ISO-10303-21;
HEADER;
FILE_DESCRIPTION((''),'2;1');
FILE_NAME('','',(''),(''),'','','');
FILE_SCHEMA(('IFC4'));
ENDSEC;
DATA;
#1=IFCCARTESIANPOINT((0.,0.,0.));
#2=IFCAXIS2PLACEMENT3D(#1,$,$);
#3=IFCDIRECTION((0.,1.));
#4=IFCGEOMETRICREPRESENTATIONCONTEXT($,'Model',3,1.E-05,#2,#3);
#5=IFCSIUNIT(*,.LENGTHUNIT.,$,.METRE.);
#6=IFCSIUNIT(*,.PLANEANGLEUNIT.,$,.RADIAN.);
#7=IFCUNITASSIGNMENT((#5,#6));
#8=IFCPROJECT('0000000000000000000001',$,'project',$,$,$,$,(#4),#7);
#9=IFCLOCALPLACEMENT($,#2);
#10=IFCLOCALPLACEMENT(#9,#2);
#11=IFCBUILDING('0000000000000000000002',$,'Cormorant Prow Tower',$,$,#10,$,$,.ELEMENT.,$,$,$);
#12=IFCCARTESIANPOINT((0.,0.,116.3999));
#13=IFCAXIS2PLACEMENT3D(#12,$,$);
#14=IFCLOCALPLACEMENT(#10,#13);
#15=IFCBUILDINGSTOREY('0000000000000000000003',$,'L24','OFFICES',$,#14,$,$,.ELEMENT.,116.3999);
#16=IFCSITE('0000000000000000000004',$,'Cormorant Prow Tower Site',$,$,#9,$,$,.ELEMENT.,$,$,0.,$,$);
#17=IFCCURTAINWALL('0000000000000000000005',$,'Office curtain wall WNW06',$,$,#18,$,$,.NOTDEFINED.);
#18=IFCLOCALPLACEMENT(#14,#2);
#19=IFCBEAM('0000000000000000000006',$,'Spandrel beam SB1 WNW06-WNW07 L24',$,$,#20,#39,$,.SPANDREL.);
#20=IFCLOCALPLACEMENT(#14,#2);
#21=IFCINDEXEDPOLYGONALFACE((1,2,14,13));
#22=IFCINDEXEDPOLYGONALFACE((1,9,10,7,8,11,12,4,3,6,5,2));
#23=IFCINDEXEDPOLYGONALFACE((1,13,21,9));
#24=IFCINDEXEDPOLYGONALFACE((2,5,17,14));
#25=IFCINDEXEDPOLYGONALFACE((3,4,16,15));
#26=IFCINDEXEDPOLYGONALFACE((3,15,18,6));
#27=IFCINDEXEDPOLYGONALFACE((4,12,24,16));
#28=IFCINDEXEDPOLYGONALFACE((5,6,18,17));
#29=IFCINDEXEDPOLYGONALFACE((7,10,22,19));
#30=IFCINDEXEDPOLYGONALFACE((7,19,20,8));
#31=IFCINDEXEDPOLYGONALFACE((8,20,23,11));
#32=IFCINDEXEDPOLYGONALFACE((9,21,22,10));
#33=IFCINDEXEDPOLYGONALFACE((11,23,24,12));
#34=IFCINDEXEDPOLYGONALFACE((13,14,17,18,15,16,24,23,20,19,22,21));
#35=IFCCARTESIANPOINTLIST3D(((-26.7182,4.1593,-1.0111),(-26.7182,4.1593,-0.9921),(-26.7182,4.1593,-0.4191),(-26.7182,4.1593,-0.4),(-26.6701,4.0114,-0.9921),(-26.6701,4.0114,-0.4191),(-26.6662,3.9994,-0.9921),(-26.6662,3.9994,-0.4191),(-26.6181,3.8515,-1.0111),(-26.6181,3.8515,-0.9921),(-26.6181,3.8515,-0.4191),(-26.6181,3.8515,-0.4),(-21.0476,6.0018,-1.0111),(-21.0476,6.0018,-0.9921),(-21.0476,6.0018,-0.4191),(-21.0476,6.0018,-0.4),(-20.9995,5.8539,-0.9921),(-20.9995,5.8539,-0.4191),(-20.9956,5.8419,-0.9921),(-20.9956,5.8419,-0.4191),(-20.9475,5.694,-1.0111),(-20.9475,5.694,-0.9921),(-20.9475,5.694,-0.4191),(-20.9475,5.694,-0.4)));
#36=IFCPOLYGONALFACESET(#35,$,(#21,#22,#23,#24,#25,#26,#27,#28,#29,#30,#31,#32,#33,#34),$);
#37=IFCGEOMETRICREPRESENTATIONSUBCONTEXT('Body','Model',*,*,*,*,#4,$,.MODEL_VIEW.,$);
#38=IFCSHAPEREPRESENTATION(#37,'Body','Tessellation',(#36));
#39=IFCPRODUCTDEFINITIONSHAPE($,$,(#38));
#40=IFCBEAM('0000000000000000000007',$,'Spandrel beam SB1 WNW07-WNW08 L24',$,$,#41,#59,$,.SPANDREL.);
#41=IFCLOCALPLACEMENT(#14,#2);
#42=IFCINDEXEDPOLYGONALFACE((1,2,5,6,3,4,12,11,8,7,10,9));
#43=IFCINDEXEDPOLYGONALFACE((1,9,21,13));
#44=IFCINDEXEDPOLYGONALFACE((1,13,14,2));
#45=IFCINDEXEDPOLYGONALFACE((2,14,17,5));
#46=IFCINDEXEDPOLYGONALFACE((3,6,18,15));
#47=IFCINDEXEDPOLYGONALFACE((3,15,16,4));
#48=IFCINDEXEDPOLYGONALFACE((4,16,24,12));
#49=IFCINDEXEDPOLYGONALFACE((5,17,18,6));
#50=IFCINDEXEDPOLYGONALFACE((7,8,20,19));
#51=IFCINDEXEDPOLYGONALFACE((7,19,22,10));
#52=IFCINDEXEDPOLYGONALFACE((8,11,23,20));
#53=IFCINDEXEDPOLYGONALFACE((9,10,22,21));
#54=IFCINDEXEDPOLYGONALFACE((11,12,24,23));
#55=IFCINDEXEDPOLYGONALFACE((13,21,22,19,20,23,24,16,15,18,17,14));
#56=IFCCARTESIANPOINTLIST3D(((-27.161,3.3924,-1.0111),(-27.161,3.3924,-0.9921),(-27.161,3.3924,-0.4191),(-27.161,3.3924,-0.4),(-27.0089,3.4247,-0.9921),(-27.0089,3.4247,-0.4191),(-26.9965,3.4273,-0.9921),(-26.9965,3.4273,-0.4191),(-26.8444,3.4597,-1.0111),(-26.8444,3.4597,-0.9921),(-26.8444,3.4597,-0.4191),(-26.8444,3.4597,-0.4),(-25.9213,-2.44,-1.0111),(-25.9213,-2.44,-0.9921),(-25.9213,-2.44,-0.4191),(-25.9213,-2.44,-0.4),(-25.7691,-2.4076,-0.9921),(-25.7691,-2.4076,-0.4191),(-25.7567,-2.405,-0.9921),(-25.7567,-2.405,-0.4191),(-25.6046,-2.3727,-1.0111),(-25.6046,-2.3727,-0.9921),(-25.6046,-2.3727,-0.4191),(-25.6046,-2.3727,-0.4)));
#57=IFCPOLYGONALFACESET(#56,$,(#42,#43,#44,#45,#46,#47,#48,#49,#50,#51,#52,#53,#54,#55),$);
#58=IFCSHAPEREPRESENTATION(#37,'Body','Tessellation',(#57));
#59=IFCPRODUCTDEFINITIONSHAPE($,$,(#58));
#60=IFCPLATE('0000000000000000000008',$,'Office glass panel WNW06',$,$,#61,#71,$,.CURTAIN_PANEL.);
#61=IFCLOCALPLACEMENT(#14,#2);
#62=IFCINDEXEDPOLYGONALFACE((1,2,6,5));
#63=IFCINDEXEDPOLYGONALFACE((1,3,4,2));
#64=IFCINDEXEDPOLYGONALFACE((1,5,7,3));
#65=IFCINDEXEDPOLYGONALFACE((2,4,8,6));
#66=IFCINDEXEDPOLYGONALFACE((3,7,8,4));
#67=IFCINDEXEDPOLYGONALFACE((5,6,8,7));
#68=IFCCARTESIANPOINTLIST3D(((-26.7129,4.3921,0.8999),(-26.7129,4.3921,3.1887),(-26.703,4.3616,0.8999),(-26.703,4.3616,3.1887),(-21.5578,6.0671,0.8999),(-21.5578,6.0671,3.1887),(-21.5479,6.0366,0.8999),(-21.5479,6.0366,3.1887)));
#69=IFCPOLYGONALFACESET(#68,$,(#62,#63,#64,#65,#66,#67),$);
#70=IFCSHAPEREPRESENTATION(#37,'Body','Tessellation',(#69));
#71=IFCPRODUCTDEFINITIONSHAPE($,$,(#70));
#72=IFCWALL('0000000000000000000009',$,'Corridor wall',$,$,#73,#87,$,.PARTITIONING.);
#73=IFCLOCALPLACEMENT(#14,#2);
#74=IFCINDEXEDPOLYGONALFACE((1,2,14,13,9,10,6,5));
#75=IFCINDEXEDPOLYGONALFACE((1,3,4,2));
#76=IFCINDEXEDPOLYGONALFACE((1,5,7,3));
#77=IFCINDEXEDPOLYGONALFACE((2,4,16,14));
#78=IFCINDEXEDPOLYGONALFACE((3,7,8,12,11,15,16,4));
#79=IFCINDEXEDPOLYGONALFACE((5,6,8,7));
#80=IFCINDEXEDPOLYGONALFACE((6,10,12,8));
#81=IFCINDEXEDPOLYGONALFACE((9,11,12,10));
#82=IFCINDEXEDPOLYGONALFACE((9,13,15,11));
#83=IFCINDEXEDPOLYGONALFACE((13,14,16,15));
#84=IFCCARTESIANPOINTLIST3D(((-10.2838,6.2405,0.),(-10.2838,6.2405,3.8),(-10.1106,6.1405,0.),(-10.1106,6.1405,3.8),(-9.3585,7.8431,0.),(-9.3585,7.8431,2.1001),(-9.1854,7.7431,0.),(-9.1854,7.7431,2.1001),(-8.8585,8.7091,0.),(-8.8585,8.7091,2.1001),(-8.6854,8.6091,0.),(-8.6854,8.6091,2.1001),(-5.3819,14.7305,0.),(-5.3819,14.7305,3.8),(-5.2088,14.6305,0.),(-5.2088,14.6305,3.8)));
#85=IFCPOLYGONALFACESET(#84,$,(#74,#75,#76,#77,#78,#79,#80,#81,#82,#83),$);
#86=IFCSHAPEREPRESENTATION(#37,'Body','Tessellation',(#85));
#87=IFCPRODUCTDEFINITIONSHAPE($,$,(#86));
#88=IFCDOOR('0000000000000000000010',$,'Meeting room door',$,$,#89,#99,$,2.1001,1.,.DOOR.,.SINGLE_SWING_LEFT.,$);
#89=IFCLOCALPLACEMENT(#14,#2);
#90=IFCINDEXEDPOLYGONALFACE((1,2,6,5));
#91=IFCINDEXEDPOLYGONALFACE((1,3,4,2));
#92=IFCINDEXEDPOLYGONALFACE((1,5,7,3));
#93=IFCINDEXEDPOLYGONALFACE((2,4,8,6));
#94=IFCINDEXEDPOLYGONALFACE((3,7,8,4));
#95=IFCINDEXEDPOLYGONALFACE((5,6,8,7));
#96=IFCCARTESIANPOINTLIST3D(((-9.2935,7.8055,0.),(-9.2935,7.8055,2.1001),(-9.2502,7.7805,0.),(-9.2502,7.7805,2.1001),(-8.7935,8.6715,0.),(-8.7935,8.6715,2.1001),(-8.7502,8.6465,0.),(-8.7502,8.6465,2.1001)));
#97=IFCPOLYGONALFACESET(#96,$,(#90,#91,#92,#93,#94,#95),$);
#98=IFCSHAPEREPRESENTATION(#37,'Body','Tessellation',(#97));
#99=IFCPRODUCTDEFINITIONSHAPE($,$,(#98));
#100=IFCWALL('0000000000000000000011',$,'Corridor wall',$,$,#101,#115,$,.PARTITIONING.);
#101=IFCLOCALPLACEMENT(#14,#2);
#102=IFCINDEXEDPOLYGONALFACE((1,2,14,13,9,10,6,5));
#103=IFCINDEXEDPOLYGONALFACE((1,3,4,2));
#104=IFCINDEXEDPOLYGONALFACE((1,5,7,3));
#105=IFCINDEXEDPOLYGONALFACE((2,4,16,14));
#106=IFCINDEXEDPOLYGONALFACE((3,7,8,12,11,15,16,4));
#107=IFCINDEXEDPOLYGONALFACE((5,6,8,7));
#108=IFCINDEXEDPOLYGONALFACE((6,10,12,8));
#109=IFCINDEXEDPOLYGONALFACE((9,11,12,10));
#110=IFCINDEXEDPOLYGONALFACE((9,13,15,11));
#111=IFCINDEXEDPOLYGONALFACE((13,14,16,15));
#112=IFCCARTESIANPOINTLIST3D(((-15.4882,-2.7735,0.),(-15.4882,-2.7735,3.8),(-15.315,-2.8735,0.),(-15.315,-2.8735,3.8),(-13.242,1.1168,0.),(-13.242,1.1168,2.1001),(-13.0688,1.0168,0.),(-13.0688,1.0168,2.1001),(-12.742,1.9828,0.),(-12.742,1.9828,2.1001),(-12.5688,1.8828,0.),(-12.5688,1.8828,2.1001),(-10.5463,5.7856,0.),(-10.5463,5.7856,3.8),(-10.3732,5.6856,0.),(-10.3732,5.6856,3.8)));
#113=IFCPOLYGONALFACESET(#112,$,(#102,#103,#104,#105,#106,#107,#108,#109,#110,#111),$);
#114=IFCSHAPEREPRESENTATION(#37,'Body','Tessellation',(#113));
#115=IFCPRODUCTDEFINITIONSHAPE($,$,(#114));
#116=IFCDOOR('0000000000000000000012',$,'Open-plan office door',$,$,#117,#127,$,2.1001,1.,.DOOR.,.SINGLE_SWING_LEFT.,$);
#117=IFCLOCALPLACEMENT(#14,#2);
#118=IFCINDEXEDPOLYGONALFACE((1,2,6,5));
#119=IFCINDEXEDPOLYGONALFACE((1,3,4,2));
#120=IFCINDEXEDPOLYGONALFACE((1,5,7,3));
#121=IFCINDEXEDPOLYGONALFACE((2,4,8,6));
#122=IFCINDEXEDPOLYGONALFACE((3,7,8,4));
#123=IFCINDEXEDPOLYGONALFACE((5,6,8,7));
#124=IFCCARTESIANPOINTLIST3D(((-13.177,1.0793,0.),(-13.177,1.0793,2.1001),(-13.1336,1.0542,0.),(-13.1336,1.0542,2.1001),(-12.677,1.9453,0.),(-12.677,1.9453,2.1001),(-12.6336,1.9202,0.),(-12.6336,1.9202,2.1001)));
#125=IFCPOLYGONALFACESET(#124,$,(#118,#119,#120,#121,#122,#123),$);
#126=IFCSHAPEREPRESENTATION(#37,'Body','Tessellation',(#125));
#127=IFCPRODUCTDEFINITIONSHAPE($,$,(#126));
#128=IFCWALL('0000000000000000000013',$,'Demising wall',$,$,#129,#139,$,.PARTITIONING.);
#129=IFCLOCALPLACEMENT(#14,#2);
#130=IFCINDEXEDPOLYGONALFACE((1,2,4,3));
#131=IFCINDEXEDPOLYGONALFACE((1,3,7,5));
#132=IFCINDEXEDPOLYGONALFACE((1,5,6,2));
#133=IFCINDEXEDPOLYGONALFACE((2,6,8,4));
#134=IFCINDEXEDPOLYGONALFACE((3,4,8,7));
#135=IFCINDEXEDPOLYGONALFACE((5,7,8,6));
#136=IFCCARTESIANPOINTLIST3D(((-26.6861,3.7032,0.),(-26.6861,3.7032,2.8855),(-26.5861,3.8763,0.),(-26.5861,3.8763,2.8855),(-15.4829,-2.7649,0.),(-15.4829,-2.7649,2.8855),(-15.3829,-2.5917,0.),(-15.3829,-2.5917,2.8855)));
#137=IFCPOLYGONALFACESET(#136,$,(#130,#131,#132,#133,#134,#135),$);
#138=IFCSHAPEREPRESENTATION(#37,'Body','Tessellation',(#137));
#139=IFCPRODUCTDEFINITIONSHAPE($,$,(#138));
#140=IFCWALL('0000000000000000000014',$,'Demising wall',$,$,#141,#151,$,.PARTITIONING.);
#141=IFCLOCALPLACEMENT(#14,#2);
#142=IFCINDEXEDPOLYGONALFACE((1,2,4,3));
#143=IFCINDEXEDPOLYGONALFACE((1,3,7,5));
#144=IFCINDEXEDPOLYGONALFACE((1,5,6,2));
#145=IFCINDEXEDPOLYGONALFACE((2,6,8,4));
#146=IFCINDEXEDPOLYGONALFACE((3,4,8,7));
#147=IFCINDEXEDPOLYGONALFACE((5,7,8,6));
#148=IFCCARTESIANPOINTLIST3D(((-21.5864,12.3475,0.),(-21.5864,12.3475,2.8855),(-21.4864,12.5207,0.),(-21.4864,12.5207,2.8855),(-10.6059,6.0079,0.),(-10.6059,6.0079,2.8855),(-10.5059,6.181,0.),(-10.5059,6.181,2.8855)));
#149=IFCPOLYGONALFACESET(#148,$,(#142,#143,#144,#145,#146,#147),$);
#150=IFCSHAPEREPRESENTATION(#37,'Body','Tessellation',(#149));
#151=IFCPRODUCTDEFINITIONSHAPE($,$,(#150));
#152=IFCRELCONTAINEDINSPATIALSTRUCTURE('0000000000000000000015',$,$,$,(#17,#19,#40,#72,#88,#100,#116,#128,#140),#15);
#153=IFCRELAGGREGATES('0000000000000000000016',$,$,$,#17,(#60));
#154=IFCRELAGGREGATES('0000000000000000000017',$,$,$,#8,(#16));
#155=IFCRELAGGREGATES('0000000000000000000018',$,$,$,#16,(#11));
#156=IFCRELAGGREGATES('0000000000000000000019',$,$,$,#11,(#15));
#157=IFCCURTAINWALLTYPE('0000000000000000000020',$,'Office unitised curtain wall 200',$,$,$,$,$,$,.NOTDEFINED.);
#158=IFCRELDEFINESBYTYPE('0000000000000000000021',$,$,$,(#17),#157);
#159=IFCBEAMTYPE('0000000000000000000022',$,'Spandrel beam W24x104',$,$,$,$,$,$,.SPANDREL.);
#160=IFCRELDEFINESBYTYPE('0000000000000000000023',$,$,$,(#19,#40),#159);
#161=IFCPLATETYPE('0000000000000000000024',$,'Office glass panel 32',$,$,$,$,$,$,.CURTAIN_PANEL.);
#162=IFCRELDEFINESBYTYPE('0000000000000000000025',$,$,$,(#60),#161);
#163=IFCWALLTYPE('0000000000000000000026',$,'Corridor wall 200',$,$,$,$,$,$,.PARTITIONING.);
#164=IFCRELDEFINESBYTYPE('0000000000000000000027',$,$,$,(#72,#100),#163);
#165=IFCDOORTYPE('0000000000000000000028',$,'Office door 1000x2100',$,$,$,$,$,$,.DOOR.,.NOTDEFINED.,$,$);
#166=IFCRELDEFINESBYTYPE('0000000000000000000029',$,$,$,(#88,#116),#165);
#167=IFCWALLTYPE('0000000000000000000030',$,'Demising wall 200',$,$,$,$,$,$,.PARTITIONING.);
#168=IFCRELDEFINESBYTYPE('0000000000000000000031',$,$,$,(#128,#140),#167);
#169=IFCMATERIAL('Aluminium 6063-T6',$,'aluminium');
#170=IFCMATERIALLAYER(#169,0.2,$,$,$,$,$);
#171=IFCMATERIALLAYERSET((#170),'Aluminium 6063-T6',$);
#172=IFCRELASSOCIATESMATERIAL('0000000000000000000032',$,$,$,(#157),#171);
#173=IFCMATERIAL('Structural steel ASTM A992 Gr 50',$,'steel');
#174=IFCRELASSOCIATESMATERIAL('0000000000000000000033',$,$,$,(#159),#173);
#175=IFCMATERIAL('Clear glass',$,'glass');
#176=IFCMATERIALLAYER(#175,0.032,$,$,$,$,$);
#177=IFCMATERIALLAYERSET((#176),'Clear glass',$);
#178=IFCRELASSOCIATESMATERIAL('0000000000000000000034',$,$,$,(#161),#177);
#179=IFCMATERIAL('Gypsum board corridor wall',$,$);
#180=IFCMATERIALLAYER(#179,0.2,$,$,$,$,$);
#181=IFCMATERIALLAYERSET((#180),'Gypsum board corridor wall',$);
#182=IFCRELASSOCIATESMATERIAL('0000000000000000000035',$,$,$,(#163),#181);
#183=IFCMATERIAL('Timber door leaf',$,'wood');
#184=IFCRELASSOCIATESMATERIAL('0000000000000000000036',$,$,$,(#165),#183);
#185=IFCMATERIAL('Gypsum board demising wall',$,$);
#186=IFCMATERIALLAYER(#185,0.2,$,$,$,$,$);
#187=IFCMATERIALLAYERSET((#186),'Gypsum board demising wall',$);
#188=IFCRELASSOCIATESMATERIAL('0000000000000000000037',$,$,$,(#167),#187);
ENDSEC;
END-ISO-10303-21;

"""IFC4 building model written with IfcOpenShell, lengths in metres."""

from ifc_helpers import new_model, si_unit, direction, frame, frame_2d, origin, origin_2d, place, context, subcontext, project, spatial, rectangle, i_section, extrude, material, layer, layer_set, material_profile, profile_set, type_object, element, fill, aggregate, save


model = new_model("IFC4")

# Units and contexts
model_context = context("Model", 3, precision=1e-05, world=origin(), true_north=direction((0.0, 1.0)))
body_context = subcontext(model_context, "Body", "Model", "MODEL_VIEW")
ifc_project = project(units=[si_unit("LENGTHUNIT", "METRE"), si_unit("PLANEANGLEUNIT", "RADIAN")], contexts=[model_context])

# Site, building, storey
site_placement = place(None, origin())
site = spatial("IfcSite", under=ifc_project, at=site_placement, Name="Cormorant Prow Tower Site", CompositionType="ELEMENT", RefElevation=0.0)
building_placement = place(site_placement, origin())
building = spatial("IfcBuilding", under=site, at=building_placement, Name="Cormorant Prow Tower", CompositionType="ELEMENT")
storey_placement = place(building_placement, frame((0.0, 0.0, 116.3999)))
storey = spatial("IfcBuildingStorey", under=building, at=storey_placement, Name="L24", Description="OFFICES", CompositionType="ELEMENT", Elevation=116.3999)

# Curtain wall
ifc_material_1 = material(Name="Aluminium 6063-T6", Category="aluminium")
ifc_layer_1 = layer(ifc_material_1, 0.2)
ifc_layer_set_1 = layer_set([ifc_layer_1], Name="Aluminium 6063-T6")
curtain_wall_type = type_object("IfcCurtainWallType", Name="Office unitised curtain wall 200", PredefinedType="NOTDEFINED", material=ifc_layer_set_1)
curtain_wall_1_placement = place(storey_placement, origin())
curtain_wall_1 = element("IfcCurtainWall", 1, at=curtain_wall_1_placement, inside=storey, type_object=curtain_wall_type, Name="Office curtain wall WNW06", PredefinedType="NOTDEFINED")

# Beams
ifc_material_2 = material(Name="Structural steel ASTM A992 Gr 50", Category="steel")
ifc_material_profile_1 = material_profile(ifc_material_2, i_section(OverallWidth=0.3237, OverallDepth=0.6111, WebThickness=0.0127, FlangeThickness=0.019, at=origin_2d()), Name="W24x104")
ifc_profile_set_1 = profile_set([ifc_material_profile_1], Name="Structural steel ASTM A992 Gr 50")
beam_type_1 = type_object("IfcBeamType", Name="Spandrel beam W24x104", PredefinedType="SPANDREL", material=ifc_profile_set_1)
beam_1_placement = place(storey_placement, frame((-20.9976, 5.8479, -0.7056), z_axis=(-0.951055, -0.30902, 0.0), x_axis=(0.30902, -0.951055, 0.0)))
element("IfcBeam", 2, at=beam_1_placement, inside=storey, type_object=beam_type_1, Name="Spandrel beam SB1 WNW06-WNW07 L24", PredefinedType="SPANDREL", context=body_context, shape_type="SweptSolid", body=[
    extrude(i_section(OverallWidth=0.3237, OverallDepth=0.6111, WebThickness=0.0127, FlangeThickness=0.019, at=origin_2d()), origin(), (0.0, 0.0, 1.0), 5.9624),
])
beam_2_placement = place(storey_placement, frame((-27.0027, 3.426, -0.7056), z_axis=(0.207921, -0.978146, 0.0), x_axis=(0.978146, 0.207921, 0.0)))
element("IfcBeam", 3, at=beam_2_placement, inside=storey, type_object=beam_type_1, Name="Spandrel beam SB1 WNW07-WNW08 L24", PredefinedType="SPANDREL", context=body_context, shape_type="SweptSolid", body=[
    extrude(i_section(OverallWidth=0.3237, OverallDepth=0.6111, WebThickness=0.0127, FlangeThickness=0.019, at=origin_2d()), origin(), (0.0, 0.0, 1.0), 5.9626),
])

# Plate
ifc_material_3 = material(Name="Clear glass", Category="glass")
ifc_layer_2 = layer(ifc_material_3, 0.032)
ifc_layer_set_2 = layer_set([ifc_layer_2], Name="Clear glass")
plate_type = type_object("IfcPlateType", Name="Office glass panel 32", PredefinedType="CURTAIN_PANEL", material=ifc_layer_set_2)
plate_placement = place(storey_placement, frame((-24.1304, 5.2144, 0.8999), z_axis=(0.0, 0.0, 1.0), x_axis=(-0.951057, -0.309017, 0.0)))
plate = element("IfcPlate", 4, at=plate_placement, type_object=plate_type, Name="Office glass panel WNW06", PredefinedType="CURTAIN_PANEL", context=body_context, shape_type="SweptSolid", body=[
    extrude(rectangle(XDim=5.4204, YDim=0.032, at=origin_2d()), origin(), (0.0, 0.0, 1.0), 2.2888),
])
aggregate(curtain_wall_1, [plate])

# Walls, openings, doors
ifc_material_4 = material(Name="Gypsum board corridor wall")
ifc_layer_3 = layer(ifc_material_4, 0.2)
ifc_layer_set_3 = layer_set([ifc_layer_3], Name="Gypsum board corridor wall")
wall_type_1 = type_object("IfcWallType", Name="Corridor wall 200", PredefinedType="PARTITIONING", material=ifc_layer_set_3)
wall_1_placement = place(storey_placement, frame((-10.1973, 6.1904, 0.0), z_axis=(0.0, 0.0, 1.0), x_axis=(0.500012, 0.866018, 0.0)))
wall_1 = element("IfcWall", 5, at=wall_1_placement, inside=storey, type_object=wall_type_1, Name="Corridor wall", PredefinedType="PARTITIONING", context=body_context, shape_type="SweptSolid", body=[
    extrude(rectangle(XDim=9.8035, YDim=0.2, at=frame_2d((4.9019, 0.0))), origin(), (0.0, 0.0, 1.0), 3.8),
])
opening_1_placement = place(wall_1_placement, frame((1.8506, 0.0, 0.0)))
opening_1 = element("IfcOpeningElement", 6, at=opening_1_placement, cuts=wall_1, PredefinedType="OPENING", context=body_context, shape_type="SweptSolid", body=[
    extrude(rectangle(XDim=1.0, YDim=2.1001, at=frame_2d((0.5, 1.05))), frame((0.0, 0.1099, 0.0), z_axis=(0.0, -1.0, 0.0), x_axis=(1.0, 0.0, 0.0)), (0.0, 0.0, 1.0), 0.22),
])
ifc_material_5 = material(Name="Timber door leaf", Category="wood")
door_type_1 = type_object("IfcDoorType", Name="Office door 1000x2100", OperationType="NOTDEFINED", PredefinedType="DOOR", material=ifc_material_5)
door_1_placement = place(opening_1_placement, origin())
door_1 = element("IfcDoor", 7, at=door_1_placement, inside=storey, type_object=door_type_1, Name="Meeting room door", OperationType="SINGLE_SWING_LEFT", OverallHeight=2.1001, OverallWidth=1.0, PredefinedType="DOOR", context=body_context, shape_type="SweptSolid", body=[
    extrude(rectangle(XDim=1.0, YDim=2.1001, at=frame_2d((0.5, 1.05))), frame((0.0, 0.0249, 0.0), z_axis=(0.0, -1.0, 0.0), x_axis=(1.0, 0.0, 0.0)), (0.0, 0.0, 1.0), 0.05),
])
fill(opening_1, door_1)
wall_2_placement = place(storey_placement, frame((-15.4016, -2.8235, 0.0), z_axis=(0.0, 0.0, 1.0), x_axis=(0.500023, 0.866012, 0.0)))
wall_2 = element("IfcWall", 8, at=wall_2_placement, inside=storey, type_object=wall_type_1, Name="Corridor wall", PredefinedType="PARTITIONING", context=body_context, shape_type="SweptSolid", body=[
    extrude(rectangle(XDim=9.8833, YDim=0.2, at=frame_2d((4.9417, 0.0))), origin(), (0.0, 0.0, 1.0), 3.8),
])
opening_2_placement = place(wall_2_placement, frame((4.4922, 0.0, 0.0)))
opening_2 = element("IfcOpeningElement", 9, at=opening_2_placement, cuts=wall_2, PredefinedType="OPENING", context=body_context, shape_type="SweptSolid", body=[
    extrude(rectangle(XDim=1.0, YDim=2.1001, at=frame_2d((0.5, 1.05))), frame((0.0, 0.1099, 0.0), z_axis=(0.0, -1.0, 0.0), x_axis=(1.0, 0.0, 0.0)), (0.0, 0.0, 1.0), 0.22),
])
door_2_placement = place(opening_2_placement, origin())
door_2 = element("IfcDoor", 10, at=door_2_placement, inside=storey, type_object=door_type_1, Name="Open-plan office door", OperationType="SINGLE_SWING_LEFT", OverallHeight=2.1001, OverallWidth=1.0, PredefinedType="DOOR", context=body_context, shape_type="SweptSolid", body=[
    extrude(rectangle(XDim=1.0, YDim=2.1001, at=frame_2d((0.5, 1.05))), frame((0.0, 0.0249, 0.0), z_axis=(0.0, -1.0, 0.0), x_axis=(1.0, 0.0, 0.0)), (0.0, 0.0, 1.0), 0.05),
])
fill(opening_2, door_2)

# Walls
ifc_material_6 = material(Name="Gypsum board demising wall")
ifc_layer_4 = layer(ifc_material_6, 0.2)
ifc_layer_set_4 = layer_set([ifc_layer_4], Name="Gypsum board demising wall")
wall_type_2 = type_object("IfcWallType", Name="Demising wall 200", PredefinedType="PARTITIONING", material=ifc_layer_set_4)
wall_3_placement = place(storey_placement, frame((-26.6362, 3.7898, 0.0), z_axis=(0.0, 0.0, 1.0), x_axis=(0.866029, -0.499994, 0.0)))
element("IfcWall", 11, at=wall_3_placement, inside=storey, type_object=wall_type_2, Name="Demising wall", PredefinedType="PARTITIONING", context=body_context, shape_type="SweptSolid", body=[
    extrude(rectangle(XDim=12.9363, YDim=0.2, at=frame_2d((6.4683, 0.0))), origin(), (0.0, 0.0, 1.0), 2.8855),
])
wall_4_placement = place(storey_placement, frame((-21.5364, 12.4341, 0.0), z_axis=(0.0, 0.0, 1.0), x_axis=(0.866025, -0.500001, 0.0)))
element("IfcWall", 12, at=wall_4_placement, inside=storey, type_object=wall_type_2, Name="Demising wall", PredefinedType="PARTITIONING", context=body_context, shape_type="SweptSolid", body=[
    extrude(rectangle(XDim=12.6792, YDim=0.2, at=frame_2d((6.3396, 0.0))), origin(), (0.0, 0.0, 1.0), 2.8855),
])

save(model, "model.ifc")
